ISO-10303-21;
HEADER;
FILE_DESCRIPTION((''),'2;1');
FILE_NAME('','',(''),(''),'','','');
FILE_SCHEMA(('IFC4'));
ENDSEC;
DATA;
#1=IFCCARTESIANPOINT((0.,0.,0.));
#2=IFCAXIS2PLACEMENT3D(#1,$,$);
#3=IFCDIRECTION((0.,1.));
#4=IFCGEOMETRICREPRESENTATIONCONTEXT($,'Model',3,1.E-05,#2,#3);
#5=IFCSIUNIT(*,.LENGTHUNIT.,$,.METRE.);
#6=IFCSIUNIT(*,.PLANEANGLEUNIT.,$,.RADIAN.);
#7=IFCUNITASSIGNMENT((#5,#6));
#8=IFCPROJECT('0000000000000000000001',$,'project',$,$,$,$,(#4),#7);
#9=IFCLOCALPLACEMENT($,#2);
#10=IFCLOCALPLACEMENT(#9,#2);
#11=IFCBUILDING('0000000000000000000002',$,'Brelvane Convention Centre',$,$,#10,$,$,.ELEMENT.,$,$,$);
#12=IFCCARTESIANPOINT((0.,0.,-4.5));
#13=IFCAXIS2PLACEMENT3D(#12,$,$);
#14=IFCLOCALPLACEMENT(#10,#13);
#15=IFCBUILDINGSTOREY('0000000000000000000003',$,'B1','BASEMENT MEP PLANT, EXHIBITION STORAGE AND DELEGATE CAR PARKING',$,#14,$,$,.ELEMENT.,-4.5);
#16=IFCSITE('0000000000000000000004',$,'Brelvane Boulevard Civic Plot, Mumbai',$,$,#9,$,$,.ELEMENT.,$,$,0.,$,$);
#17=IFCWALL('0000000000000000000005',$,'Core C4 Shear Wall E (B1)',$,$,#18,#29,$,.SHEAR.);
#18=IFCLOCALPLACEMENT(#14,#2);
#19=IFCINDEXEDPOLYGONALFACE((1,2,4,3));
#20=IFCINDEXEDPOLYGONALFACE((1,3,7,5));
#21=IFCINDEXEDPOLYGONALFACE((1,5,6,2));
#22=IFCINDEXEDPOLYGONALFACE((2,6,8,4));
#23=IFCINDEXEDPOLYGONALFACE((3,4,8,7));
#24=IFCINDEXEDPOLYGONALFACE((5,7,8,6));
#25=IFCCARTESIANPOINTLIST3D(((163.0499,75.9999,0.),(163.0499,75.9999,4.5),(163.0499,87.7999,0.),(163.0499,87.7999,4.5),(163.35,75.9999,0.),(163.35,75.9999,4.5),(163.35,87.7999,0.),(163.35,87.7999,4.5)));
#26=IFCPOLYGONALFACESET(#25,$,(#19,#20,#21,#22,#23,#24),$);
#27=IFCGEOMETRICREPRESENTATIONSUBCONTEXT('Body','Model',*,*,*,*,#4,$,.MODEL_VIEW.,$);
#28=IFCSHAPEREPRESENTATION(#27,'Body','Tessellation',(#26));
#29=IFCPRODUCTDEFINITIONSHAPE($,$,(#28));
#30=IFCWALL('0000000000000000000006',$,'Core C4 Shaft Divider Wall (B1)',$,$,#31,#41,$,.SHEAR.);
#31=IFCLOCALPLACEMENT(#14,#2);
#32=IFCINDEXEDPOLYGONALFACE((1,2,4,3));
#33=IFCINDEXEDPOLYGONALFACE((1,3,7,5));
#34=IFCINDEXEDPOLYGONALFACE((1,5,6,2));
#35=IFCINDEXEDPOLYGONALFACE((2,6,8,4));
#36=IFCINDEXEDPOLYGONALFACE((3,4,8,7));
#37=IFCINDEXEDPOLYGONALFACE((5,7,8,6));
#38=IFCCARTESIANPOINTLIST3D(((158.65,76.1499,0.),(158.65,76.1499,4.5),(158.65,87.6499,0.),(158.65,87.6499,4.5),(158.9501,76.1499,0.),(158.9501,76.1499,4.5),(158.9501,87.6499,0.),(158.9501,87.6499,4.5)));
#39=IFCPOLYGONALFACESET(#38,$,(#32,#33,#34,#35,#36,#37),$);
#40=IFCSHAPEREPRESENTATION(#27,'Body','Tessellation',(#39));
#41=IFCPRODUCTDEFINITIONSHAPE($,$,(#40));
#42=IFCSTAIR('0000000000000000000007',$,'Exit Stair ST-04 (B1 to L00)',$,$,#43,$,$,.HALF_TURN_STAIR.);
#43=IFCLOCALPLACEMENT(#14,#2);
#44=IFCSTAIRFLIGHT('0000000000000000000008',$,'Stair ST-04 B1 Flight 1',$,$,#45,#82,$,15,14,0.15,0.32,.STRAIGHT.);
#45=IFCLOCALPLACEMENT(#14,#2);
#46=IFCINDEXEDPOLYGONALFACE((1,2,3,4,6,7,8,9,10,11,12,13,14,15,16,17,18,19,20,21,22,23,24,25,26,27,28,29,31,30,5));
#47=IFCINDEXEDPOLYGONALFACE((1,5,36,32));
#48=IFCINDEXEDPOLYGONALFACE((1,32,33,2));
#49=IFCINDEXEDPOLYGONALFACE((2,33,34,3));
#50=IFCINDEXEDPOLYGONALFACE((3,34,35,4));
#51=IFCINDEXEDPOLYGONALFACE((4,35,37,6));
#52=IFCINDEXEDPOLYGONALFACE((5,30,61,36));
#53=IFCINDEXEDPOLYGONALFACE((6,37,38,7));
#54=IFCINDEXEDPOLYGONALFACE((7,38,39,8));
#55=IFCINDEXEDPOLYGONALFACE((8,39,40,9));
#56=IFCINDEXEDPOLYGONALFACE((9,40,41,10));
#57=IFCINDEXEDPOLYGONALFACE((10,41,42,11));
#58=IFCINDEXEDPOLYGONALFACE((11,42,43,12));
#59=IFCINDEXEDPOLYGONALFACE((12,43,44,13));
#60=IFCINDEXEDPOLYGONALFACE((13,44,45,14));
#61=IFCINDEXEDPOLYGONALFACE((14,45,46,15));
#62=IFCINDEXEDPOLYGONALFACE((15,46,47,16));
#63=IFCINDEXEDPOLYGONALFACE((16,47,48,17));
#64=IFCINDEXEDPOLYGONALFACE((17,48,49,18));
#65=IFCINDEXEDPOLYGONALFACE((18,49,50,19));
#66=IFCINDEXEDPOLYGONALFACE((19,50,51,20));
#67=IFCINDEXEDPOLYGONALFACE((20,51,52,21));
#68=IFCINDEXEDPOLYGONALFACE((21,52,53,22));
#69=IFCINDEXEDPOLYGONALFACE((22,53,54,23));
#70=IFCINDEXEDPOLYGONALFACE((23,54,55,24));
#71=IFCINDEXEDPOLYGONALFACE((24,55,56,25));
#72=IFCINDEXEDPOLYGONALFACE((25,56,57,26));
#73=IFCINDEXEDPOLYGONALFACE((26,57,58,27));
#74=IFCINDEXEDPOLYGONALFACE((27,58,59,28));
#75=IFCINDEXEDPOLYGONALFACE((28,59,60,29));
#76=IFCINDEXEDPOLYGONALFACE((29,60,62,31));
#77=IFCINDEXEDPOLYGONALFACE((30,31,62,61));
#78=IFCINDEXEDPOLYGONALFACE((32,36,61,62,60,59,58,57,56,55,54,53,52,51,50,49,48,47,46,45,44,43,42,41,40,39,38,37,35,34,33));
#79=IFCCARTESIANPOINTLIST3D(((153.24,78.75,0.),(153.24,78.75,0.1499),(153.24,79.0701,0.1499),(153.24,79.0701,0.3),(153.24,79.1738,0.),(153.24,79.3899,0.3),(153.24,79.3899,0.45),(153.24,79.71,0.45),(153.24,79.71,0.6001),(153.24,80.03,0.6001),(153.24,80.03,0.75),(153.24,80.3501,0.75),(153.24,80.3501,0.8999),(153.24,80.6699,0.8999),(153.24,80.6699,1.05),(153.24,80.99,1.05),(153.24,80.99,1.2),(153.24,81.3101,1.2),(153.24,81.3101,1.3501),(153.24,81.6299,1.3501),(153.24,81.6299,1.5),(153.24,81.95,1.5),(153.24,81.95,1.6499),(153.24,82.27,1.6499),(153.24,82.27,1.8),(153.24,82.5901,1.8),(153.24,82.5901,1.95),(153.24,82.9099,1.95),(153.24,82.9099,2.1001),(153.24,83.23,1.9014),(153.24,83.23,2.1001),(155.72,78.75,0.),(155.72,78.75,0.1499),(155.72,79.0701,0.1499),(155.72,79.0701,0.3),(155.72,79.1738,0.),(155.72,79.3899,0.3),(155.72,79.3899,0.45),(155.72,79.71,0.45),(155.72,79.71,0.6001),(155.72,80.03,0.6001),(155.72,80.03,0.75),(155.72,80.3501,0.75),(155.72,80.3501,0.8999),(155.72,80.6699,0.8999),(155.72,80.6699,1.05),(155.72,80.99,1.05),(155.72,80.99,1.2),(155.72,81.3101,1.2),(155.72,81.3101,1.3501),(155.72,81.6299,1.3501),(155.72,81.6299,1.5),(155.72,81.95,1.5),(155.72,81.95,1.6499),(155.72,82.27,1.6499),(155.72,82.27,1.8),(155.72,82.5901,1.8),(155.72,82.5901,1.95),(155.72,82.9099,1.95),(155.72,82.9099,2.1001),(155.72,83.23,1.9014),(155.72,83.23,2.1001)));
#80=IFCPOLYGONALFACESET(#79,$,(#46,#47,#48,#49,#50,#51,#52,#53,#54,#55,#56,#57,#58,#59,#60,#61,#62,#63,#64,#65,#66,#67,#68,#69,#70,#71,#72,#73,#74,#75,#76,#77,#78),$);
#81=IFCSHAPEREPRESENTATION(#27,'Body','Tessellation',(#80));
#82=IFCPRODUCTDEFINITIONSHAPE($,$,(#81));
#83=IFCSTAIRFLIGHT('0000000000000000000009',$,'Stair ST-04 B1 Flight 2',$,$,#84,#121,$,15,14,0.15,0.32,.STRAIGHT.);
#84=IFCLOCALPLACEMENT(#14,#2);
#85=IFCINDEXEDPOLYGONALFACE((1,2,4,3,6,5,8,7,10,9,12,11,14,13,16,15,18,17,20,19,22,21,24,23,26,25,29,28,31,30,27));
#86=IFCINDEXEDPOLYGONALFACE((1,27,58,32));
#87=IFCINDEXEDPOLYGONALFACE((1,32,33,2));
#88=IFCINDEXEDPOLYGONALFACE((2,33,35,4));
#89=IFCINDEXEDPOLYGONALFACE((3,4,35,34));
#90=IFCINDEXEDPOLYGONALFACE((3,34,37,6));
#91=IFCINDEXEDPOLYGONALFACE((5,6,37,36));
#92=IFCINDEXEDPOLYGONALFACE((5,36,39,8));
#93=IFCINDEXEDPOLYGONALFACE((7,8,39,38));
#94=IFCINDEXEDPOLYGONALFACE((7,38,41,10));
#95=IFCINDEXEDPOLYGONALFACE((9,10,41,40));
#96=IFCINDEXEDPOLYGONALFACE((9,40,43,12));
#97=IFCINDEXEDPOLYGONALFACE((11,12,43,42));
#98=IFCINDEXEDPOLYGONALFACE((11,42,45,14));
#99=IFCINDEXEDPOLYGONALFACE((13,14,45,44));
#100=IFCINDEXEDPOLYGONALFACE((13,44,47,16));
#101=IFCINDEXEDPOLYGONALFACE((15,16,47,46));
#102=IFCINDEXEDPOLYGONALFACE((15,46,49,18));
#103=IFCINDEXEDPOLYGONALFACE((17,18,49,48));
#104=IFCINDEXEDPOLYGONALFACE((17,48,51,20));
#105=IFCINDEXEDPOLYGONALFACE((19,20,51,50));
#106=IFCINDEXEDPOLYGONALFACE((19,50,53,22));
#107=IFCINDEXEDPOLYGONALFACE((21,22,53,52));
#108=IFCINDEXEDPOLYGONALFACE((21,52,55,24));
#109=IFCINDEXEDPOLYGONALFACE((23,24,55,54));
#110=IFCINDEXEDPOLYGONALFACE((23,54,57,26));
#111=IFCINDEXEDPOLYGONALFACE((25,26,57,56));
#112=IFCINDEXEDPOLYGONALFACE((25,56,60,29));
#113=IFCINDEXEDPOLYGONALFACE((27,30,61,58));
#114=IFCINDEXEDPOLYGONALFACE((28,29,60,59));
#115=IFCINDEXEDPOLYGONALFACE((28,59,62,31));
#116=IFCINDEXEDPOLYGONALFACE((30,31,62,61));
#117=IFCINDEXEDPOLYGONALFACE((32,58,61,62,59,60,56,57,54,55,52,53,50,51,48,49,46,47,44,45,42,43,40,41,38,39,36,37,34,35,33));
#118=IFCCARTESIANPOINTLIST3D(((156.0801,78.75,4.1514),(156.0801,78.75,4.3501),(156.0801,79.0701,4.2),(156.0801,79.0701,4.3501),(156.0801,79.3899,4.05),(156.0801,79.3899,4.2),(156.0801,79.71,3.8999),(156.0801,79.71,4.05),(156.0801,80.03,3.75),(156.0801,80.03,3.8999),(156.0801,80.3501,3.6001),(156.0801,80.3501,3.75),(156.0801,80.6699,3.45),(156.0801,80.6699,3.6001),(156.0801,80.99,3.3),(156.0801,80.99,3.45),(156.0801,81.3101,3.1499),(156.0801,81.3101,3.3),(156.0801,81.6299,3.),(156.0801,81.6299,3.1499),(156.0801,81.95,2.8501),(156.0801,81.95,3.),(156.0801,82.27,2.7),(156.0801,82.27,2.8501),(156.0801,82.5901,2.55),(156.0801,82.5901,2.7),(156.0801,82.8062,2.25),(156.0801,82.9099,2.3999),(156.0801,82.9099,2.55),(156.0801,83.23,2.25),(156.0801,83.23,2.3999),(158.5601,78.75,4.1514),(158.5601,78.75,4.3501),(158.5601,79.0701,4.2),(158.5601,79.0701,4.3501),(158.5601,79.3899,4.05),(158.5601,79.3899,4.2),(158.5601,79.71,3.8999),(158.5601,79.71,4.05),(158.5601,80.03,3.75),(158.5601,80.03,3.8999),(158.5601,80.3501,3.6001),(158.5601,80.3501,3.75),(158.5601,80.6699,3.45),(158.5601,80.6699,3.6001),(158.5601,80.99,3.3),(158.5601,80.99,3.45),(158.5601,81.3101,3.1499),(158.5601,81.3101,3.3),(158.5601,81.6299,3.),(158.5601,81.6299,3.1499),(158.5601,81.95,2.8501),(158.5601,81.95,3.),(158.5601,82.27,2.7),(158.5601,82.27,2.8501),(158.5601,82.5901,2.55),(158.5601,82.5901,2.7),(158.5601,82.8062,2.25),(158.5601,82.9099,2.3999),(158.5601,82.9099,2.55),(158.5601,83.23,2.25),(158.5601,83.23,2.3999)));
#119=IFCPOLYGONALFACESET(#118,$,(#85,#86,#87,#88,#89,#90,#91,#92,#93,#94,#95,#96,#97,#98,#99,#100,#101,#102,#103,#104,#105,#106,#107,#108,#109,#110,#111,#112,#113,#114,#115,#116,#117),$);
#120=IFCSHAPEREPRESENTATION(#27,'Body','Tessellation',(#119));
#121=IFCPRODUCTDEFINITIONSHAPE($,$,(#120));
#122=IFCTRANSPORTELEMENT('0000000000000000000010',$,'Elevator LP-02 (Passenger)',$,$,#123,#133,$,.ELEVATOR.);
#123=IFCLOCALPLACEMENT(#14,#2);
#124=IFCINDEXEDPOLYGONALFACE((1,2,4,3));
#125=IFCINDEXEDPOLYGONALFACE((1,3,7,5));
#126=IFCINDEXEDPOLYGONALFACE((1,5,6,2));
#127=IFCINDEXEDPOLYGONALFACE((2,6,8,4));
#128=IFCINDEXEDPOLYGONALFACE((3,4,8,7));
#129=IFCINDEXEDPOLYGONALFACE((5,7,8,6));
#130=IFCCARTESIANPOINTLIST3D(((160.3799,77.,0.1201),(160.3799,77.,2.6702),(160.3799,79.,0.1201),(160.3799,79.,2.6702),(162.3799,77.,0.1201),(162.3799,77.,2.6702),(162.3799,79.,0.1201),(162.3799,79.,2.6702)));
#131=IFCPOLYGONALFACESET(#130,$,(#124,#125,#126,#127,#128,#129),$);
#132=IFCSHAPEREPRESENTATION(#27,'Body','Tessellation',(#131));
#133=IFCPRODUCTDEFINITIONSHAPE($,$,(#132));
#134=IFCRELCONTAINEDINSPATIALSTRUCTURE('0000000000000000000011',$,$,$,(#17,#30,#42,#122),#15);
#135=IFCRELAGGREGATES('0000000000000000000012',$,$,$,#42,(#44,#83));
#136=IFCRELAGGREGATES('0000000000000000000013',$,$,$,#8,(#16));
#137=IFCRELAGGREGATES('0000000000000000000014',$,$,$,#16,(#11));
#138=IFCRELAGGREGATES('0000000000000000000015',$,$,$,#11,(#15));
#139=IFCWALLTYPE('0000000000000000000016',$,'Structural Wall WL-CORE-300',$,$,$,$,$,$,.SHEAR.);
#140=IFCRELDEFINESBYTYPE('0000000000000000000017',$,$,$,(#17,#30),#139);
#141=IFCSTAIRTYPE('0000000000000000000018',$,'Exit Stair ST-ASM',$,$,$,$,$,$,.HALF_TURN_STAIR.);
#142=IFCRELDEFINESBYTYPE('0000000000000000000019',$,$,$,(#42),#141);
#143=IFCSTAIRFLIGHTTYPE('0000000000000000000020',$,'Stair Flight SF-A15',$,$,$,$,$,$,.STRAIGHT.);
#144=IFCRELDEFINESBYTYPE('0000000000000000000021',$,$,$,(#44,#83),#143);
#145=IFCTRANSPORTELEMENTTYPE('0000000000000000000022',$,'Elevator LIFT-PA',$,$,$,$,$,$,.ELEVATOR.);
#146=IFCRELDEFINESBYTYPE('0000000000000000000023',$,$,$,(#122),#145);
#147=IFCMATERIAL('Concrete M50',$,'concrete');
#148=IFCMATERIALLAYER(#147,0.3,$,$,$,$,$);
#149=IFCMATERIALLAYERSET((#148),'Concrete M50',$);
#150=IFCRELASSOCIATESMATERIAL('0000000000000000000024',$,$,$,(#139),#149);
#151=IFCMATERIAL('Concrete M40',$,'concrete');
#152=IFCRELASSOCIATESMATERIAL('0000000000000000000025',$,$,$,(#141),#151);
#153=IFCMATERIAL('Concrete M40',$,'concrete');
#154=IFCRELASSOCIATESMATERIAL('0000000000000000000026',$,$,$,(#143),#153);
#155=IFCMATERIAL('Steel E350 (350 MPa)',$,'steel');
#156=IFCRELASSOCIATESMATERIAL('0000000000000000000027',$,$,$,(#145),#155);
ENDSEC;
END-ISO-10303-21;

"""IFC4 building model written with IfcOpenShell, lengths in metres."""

from ifc_helpers import new_model, si_unit, direction, frame, frame_2d, origin, origin_2d, place, context, subcontext, project, spatial, polyline, rectangle, outline, extrude, material, layer, layer_set, type_object, element, aggregate, save


model = new_model("IFC4")

# Units and contexts
model_context = context("Model", 3, precision=1e-05, world=origin(), true_north=direction((0.0, 1.0)))
body_context = subcontext(model_context, "Body", "Model", "MODEL_VIEW")
ifc_project = project(units=[si_unit("LENGTHUNIT", "METRE"), si_unit("PLANEANGLEUNIT", "RADIAN")], contexts=[model_context])

# Site, building, storey
site_placement = place(None, origin())
site = spatial("IfcSite", under=ifc_project, at=site_placement, Name="Brelvane Boulevard Civic Plot, Mumbai", CompositionType="ELEMENT", RefElevation=0.0)
building_placement = place(site_placement, origin())
building = spatial("IfcBuilding", under=site, at=building_placement, Name="Brelvane Convention Centre", CompositionType="ELEMENT")
storey_placement = place(building_placement, frame((0.0, 0.0, -4.5)))
storey = spatial("IfcBuildingStorey", under=building, at=storey_placement, Name="B1", Description="BASEMENT MEP PLANT, EXHIBITION STORAGE AND DELEGATE CAR PARKING", CompositionType="ELEMENT", Elevation=-4.5)

# Walls
ifc_material_1 = material(Name="Concrete M50", Category="concrete")
ifc_layer = layer(ifc_material_1, 0.3)
ifc_layer_set = layer_set([ifc_layer], Name="Concrete M50")
wall_type = type_object("IfcWallType", Name="Structural Wall WL-CORE-300", PredefinedType="SHEAR", material=ifc_layer_set)
wall_1_placement = place(storey_placement, frame((163.2, 76.0, 0.0), z_axis=(0.0, 0.0, 1.0), x_axis=(0.0, 1.0, 0.0)))
element("IfcWall", 1, at=wall_1_placement, inside=storey, type_object=wall_type, Name="Core C4 Shear Wall E (B1)", PredefinedType="SHEAR", context=body_context, shape_type="SweptSolid", body=[
    extrude(rectangle(XDim=11.8, YDim=0.3, at=frame_2d((5.8999, 0.0))), origin(), (0.0, 0.0, 1.0), 4.5),
])
wall_2_placement = place(storey_placement, frame((158.8, 76.1499, 0.0), z_axis=(0.0, 0.0, 1.0), x_axis=(0.0, 1.0, 0.0)))
element("IfcWall", 2, at=wall_2_placement, inside=storey, type_object=wall_type, Name="Core C4 Shaft Divider Wall (B1)", PredefinedType="SHEAR", context=body_context, shape_type="SweptSolid", body=[
    extrude(rectangle(XDim=11.5, YDim=0.3, at=frame_2d((5.75, 0.0))), origin(), (0.0, 0.0, 1.0), 4.5),
])

# Stair, stair flights
ifc_material_2 = material(Name="Concrete M40", Category="concrete")
stair_type = type_object("IfcStairType", Name="Exit Stair ST-ASM", PredefinedType="HALF_TURN_STAIR", material=ifc_material_2)
stair_placement = place(storey_placement, origin())
stair = element("IfcStair", 3, at=stair_placement, inside=storey, type_object=stair_type, Name="Exit Stair ST-04 (B1 to L00)", PredefinedType="HALF_TURN_STAIR")
ifc_material_3 = material(Name="Concrete M40", Category="concrete")
stair_flight_type = type_object("IfcStairFlightType", Name="Stair Flight SF-A15", PredefinedType="STRAIGHT", material=ifc_material_3)
stair_flight_1_placement = place(storey_placement, frame((154.48, 78.75, 0.0), z_axis=(0.0, 0.0, 1.0), x_axis=(0.0, 1.0, 0.0)))
stair_flight_1 = element("IfcStairFlight", 4, at=stair_flight_1_placement, type_object=stair_flight_type, Name="Stair ST-04 B1 Flight 1", NumberOfRisers=15, NumberOfTreads=14, PredefinedType="STRAIGHT", RiserHeight=0.15, TreadLength=0.32, context=body_context, shape_type="SweptSolid", body=[
    extrude(outline(polyline([(0.0, 0.0), (0.0, 0.1499), (0.3201, 0.1499), (0.3201, 0.3), (0.6399, 0.3), (0.6399, 0.45), (0.96, 0.45), (0.96, 0.6001), (1.28, 0.6001), (1.28, 0.75), (1.6001, 0.75), (1.6001, 0.8999), (1.9199, 0.8999), (1.9199, 1.05), (2.24, 1.05), (2.24, 1.2), (2.5601, 1.2), (2.5601, 1.3501), (2.8799, 1.3501), (2.8799, 1.5), (3.2, 1.5), (3.2, 1.6499), (3.52, 1.6499), (3.52, 1.8), (3.8401, 1.8), (3.8401, 1.95), (4.1599, 1.95), (4.1599, 2.1001), (4.48, 2.1001), (4.48, 2.25), (4.48, 1.9014), (0.4238, 0.0), (0.0, 0.0)])), frame((0.0, 1.24, 0.0), z_axis=(0.0, -1.0, 0.0), x_axis=(1.0, 0.0, 0.0)), (0.0, 0.0, 1.0), 2.48),
])
stair_flight_2_placement = place(storey_placement, frame((157.3201, 83.23, 2.25), z_axis=(0.0, 0.0, 1.0), x_axis=(0.0, -1.0, 0.0)))
stair_flight_2 = element("IfcStairFlight", 5, at=stair_flight_2_placement, type_object=stair_flight_type, Name="Stair ST-04 B1 Flight 2", NumberOfRisers=15, NumberOfTreads=14, PredefinedType="STRAIGHT", RiserHeight=0.15, TreadLength=0.32, context=body_context, shape_type="SweptSolid", body=[
    extrude(outline(polyline([(0.0, 0.0), (0.0, 0.1499), (0.3201, 0.1499), (0.3201, 0.3), (0.6399, 0.3), (0.6399, 0.45), (0.96, 0.45), (0.96, 0.6001), (1.28, 0.6001), (1.28, 0.75), (1.6001, 0.75), (1.6001, 0.8999), (1.9199, 0.8999), (1.9199, 1.05), (2.24, 1.05), (2.24, 1.2), (2.5601, 1.2), (2.5601, 1.3501), (2.8799, 1.3501), (2.8799, 1.5), (3.2, 1.5), (3.2, 1.6499), (3.52, 1.6499), (3.52, 1.8), (3.8401, 1.8), (3.8401, 1.95), (4.1599, 1.95), (4.1599, 2.1001), (4.48, 2.1001), (4.48, 2.25), (4.48, 1.9014), (0.4238, 0.0), (0.0, 0.0)])), frame((0.0, 1.24, 0.0), z_axis=(0.0, -1.0, 0.0), x_axis=(1.0, 0.0, 0.0)), (0.0, 0.0, 1.0), 2.48),
])
aggregate(stair, [stair_flight_1, stair_flight_2])

# Transport element
ifc_material_4 = material(Name="Steel E350 (350 MPa)", Category="steel")
transport_element_type = type_object("IfcTransportElementType", Name="Elevator LIFT-PA", PredefinedType="ELEVATOR", material=ifc_material_4)
transport_element_placement = place(storey_placement, frame((161.3799, 78.0, 0.1201), z_axis=(0.0, 0.0, 1.0), x_axis=(1.0, 0.0, 0.0)))
element("IfcTransportElement", 6, at=transport_element_placement, inside=storey, type_object=transport_element_type, Name="Elevator LP-02 (Passenger)", PredefinedType="ELEVATOR", context=body_context, shape_type="SweptSolid", body=[
    extrude(rectangle(XDim=2.0, YDim=2.0, at=origin_2d()), origin(), (0.0, 0.0, 1.0), 2.55),
])

save(model, "model.ifc")
